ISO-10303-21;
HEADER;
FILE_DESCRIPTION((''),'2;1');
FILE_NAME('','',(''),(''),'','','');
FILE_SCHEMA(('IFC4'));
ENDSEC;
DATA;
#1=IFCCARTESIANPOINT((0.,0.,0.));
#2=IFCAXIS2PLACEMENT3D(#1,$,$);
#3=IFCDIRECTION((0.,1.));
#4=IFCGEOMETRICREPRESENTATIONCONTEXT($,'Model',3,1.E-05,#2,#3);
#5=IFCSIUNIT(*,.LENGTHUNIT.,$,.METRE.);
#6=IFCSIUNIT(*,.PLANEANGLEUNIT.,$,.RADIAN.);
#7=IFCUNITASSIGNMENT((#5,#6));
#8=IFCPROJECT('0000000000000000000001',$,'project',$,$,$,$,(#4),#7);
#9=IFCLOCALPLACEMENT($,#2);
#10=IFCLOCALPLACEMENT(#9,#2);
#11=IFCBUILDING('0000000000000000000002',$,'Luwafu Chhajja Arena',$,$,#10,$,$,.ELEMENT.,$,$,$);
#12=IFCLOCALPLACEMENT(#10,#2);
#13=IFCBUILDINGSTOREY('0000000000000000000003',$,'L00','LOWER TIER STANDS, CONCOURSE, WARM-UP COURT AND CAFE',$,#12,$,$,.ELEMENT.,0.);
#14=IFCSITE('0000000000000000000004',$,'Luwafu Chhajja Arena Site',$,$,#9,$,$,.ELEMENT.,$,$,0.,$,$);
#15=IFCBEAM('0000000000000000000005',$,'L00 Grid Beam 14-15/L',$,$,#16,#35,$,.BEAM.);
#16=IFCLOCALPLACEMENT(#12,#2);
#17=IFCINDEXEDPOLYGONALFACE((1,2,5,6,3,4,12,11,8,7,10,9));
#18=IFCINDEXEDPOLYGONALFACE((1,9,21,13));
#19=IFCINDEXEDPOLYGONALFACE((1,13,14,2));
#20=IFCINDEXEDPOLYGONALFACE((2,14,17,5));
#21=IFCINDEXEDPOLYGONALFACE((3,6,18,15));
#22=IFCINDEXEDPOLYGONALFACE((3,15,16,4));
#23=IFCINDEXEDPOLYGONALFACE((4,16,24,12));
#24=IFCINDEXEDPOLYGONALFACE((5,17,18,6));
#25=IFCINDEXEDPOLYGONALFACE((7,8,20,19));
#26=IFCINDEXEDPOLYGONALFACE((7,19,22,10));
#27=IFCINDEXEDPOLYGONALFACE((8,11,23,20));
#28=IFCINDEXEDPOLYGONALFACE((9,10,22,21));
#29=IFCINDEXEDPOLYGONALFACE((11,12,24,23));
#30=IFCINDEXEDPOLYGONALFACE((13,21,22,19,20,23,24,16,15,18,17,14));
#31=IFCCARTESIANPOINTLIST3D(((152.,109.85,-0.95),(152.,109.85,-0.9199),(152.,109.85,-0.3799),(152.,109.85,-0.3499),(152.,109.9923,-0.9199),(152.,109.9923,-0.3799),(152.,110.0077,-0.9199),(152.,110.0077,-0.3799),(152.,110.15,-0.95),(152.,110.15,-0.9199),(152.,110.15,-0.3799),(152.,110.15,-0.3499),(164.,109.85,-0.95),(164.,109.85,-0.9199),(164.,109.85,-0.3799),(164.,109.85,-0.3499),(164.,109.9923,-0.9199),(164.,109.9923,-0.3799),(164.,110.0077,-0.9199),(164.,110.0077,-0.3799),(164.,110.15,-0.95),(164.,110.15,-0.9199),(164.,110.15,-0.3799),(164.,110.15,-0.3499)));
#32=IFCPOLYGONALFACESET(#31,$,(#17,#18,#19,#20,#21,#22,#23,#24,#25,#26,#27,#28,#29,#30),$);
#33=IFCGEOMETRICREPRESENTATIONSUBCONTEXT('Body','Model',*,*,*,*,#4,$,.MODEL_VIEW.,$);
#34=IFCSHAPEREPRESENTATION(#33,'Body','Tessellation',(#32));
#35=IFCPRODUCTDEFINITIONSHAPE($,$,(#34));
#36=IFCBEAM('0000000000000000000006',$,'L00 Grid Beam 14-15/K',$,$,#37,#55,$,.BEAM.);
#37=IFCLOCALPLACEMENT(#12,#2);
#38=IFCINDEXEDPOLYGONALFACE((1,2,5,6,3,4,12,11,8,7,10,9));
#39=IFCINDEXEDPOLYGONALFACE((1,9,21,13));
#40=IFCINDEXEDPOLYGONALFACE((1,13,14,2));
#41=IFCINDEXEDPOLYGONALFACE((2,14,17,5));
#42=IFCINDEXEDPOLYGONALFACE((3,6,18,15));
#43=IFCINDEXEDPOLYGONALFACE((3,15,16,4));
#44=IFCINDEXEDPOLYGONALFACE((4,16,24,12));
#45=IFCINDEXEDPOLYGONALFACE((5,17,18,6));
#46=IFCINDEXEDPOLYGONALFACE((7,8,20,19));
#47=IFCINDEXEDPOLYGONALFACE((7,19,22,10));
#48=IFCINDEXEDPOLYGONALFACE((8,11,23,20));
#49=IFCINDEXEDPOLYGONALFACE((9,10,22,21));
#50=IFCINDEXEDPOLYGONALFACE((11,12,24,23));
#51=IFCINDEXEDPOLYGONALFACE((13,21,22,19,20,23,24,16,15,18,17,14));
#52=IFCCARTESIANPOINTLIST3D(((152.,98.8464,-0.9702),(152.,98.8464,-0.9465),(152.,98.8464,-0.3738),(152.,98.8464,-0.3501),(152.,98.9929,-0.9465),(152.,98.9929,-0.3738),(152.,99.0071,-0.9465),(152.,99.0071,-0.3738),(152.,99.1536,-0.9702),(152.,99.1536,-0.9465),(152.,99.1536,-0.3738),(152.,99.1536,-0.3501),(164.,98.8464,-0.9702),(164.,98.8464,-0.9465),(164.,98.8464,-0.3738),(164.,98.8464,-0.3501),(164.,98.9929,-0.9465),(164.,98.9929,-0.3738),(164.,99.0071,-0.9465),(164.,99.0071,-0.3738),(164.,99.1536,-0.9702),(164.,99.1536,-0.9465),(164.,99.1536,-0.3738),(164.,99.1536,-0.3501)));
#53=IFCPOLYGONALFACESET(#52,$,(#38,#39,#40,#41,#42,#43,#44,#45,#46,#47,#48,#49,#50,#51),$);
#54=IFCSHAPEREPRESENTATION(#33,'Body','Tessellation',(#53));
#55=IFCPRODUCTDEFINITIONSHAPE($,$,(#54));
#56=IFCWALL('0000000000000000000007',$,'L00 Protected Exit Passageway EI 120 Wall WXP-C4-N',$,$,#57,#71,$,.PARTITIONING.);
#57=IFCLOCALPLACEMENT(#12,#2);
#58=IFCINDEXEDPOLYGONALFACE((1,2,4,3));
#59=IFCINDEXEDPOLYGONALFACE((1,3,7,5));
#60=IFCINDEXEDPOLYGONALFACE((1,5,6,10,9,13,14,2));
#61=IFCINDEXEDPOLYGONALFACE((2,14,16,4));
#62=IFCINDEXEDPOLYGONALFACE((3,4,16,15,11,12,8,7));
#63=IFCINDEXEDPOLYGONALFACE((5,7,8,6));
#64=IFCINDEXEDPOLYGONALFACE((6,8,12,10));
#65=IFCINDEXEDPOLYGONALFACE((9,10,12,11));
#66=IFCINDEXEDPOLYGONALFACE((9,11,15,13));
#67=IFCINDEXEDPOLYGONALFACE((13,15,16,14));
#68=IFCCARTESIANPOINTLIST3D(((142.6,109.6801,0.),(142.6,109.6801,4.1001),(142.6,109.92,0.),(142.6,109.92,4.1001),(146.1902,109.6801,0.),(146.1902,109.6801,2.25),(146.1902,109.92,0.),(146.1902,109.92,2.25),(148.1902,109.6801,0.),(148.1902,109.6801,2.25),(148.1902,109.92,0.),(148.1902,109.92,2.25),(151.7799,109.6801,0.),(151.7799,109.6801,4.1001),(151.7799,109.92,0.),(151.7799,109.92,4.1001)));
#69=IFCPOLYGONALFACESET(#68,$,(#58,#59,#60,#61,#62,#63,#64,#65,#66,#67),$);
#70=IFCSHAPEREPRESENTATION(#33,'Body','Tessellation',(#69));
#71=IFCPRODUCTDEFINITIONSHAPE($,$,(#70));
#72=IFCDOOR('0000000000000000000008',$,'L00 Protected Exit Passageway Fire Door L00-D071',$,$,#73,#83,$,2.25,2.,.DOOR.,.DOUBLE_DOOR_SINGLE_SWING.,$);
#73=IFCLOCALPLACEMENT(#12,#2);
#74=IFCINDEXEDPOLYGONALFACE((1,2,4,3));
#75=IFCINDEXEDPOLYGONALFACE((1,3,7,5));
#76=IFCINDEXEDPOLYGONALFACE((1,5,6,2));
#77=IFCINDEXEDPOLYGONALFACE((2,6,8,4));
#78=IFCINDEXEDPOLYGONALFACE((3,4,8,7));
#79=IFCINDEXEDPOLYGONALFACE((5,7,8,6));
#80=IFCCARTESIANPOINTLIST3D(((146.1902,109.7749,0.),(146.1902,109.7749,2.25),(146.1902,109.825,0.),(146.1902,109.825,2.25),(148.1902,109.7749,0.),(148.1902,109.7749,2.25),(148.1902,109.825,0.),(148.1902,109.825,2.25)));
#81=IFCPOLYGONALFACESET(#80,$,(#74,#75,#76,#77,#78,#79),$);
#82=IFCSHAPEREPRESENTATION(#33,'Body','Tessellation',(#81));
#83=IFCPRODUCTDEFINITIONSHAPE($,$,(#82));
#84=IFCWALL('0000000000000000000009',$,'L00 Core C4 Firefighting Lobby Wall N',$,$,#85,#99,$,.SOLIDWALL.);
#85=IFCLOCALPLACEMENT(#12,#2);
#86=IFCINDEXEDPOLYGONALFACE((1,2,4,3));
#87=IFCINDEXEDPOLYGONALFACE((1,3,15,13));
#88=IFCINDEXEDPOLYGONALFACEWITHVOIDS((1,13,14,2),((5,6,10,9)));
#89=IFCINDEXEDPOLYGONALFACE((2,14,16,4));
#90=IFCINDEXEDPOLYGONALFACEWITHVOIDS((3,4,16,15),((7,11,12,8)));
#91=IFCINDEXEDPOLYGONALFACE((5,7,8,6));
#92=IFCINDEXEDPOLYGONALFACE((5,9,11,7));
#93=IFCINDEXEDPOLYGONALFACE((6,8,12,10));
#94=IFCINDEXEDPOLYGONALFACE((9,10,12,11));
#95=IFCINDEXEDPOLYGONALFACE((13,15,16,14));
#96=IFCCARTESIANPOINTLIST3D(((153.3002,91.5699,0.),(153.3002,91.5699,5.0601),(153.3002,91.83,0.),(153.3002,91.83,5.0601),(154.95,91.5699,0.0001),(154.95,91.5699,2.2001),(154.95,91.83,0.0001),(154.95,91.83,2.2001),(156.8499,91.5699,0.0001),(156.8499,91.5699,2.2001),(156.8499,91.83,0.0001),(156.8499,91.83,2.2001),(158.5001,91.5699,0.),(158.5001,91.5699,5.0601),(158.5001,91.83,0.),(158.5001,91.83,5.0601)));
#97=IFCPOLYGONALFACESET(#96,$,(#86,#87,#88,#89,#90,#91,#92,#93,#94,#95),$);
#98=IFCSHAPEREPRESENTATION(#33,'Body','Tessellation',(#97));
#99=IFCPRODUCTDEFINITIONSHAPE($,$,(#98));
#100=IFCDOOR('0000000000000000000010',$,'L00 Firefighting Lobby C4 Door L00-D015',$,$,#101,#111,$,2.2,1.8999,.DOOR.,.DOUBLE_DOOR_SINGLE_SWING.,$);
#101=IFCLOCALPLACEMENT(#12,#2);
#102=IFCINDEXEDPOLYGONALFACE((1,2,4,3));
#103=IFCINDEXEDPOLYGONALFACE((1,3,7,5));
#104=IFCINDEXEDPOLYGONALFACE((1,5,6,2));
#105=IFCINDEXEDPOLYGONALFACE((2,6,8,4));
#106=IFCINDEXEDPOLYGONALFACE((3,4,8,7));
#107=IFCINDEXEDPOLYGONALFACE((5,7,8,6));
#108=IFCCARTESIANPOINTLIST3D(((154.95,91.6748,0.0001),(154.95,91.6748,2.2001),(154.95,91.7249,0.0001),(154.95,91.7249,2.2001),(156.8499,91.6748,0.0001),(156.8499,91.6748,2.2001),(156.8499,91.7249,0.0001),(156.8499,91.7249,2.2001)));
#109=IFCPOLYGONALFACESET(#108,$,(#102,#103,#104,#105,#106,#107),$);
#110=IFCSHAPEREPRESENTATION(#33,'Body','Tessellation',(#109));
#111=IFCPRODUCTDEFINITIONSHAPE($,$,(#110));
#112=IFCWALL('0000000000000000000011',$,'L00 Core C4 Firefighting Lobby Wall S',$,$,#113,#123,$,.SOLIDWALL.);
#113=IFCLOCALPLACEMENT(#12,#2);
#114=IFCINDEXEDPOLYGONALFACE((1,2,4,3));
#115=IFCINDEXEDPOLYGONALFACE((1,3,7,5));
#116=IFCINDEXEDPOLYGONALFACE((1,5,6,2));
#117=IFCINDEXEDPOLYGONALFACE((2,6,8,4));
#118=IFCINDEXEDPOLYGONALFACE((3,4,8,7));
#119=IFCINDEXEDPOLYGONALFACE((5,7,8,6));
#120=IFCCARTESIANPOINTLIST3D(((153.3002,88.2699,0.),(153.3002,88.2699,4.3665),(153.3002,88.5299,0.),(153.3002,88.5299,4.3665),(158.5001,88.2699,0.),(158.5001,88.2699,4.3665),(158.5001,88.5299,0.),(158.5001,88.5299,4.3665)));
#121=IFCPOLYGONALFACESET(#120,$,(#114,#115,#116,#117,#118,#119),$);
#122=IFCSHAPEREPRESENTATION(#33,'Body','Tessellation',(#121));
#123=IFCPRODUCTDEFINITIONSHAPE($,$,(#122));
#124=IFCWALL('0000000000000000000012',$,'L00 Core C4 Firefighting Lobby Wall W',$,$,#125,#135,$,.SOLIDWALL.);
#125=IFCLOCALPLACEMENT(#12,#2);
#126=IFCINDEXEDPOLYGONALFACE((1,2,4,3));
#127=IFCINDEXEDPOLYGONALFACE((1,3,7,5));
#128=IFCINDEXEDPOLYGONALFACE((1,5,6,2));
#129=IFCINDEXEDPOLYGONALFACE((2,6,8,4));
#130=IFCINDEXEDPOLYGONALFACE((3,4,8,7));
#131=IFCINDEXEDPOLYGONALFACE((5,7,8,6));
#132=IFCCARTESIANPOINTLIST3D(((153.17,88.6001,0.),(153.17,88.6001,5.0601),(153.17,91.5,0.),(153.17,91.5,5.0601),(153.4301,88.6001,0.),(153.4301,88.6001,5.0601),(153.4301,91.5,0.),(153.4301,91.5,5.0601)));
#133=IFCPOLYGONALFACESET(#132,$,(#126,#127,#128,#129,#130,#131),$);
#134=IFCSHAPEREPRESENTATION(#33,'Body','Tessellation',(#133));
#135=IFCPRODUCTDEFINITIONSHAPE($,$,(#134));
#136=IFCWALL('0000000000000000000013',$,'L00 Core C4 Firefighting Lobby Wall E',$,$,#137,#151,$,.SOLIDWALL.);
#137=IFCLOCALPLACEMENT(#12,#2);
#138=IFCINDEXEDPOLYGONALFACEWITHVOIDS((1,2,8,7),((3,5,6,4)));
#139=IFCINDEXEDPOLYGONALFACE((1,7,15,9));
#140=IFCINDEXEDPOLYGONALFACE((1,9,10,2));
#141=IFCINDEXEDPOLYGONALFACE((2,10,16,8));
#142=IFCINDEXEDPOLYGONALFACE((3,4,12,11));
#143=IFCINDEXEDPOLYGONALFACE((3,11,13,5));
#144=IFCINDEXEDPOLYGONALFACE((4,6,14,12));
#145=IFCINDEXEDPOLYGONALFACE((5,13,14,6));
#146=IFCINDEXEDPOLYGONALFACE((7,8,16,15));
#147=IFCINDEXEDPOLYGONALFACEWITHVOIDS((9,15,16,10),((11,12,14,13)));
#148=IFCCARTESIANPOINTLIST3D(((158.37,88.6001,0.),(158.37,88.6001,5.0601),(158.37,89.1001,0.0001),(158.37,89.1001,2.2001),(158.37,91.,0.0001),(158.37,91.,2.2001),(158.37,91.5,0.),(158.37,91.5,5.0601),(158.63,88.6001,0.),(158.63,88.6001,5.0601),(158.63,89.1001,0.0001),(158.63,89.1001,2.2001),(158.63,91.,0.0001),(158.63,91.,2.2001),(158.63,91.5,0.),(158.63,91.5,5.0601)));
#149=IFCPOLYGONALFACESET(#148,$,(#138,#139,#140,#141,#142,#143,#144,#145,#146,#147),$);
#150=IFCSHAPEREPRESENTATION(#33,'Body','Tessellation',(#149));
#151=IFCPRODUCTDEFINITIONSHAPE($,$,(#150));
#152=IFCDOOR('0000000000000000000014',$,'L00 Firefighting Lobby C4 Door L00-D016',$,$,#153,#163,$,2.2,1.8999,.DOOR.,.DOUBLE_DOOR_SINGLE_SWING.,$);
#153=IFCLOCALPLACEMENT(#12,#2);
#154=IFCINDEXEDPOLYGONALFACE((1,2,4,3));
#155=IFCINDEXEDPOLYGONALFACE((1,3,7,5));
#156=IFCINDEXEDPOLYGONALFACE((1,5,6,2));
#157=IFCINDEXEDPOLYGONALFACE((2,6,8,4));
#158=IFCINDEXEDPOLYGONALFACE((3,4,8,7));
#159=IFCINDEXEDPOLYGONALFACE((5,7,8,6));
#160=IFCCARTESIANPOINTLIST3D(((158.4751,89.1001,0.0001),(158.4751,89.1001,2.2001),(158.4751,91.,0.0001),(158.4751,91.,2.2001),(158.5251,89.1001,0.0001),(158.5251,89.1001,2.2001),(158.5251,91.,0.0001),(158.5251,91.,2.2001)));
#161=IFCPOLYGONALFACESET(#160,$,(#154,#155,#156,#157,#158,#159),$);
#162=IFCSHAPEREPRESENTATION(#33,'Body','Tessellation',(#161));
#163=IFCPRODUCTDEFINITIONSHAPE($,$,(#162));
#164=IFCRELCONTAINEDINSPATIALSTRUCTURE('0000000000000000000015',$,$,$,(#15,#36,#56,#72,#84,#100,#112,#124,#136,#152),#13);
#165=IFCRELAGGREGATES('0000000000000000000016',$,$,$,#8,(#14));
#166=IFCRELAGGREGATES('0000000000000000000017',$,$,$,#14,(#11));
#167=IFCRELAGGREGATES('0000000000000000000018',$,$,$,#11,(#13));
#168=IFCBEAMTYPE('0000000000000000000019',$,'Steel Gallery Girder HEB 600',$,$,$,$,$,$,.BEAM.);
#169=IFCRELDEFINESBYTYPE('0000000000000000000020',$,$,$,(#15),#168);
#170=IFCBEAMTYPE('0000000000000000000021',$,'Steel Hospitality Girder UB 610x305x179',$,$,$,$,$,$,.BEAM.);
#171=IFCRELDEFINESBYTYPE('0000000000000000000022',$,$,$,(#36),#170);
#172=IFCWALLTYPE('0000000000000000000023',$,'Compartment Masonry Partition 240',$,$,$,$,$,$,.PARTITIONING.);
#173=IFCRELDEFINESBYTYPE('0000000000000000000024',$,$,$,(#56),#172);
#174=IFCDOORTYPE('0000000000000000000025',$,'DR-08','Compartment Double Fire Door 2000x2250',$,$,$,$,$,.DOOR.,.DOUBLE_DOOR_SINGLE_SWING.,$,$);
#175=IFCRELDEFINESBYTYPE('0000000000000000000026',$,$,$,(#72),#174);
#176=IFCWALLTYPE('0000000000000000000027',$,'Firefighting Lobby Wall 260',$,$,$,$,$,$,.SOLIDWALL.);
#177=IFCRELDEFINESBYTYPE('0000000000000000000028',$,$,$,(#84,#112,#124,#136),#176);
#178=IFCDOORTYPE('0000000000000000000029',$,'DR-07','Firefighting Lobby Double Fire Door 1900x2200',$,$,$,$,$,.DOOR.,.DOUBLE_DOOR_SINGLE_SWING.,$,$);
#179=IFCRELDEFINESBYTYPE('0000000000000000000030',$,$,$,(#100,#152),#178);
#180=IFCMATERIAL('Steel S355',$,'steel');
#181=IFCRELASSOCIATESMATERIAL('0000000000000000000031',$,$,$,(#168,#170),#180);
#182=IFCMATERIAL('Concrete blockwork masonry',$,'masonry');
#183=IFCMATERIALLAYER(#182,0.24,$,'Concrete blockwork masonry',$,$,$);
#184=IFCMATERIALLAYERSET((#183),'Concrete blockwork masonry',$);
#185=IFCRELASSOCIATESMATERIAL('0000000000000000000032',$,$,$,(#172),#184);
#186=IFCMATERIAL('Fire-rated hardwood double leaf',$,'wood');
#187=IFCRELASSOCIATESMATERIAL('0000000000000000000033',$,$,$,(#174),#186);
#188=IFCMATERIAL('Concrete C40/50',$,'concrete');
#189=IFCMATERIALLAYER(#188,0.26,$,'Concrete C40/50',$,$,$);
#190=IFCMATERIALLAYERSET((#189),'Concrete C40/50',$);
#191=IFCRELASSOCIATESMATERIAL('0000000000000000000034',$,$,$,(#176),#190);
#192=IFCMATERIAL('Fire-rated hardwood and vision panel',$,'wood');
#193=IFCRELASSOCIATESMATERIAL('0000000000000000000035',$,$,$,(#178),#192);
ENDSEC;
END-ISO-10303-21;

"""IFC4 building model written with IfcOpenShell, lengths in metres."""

from ifc_helpers import new_model, si_unit, direction, frame, frame_2d, origin, origin_2d, place, context, subcontext, project, spatial, rectangle, i_section, extrude, material, layer, layer_set, material_profile, profile_set, type_object, element, fill, save


model = new_model("IFC4")

# Units and contexts
model_context = context("Model", 3, precision=1e-05, world=origin(), true_north=direction((0.0, 1.0)))
body_context = subcontext(model_context, "Body", "Model", "MODEL_VIEW")
ifc_project = project(units=[si_unit("LENGTHUNIT", "METRE"), si_unit("PLANEANGLEUNIT", "RADIAN")], contexts=[model_context])

# Site, building, storey
site_placement = place(None, origin())
site = spatial("IfcSite", under=ifc_project, at=site_placement, Name="Luwafu Chhajja Arena Site", CompositionType="ELEMENT", RefElevation=0.0)
building_placement = place(site_placement, origin())
building = spatial("IfcBuilding", under=site, at=building_placement, Name="Luwafu Chhajja Arena", CompositionType="ELEMENT")
storey_placement = place(building_placement, origin())
storey = spatial("IfcBuildingStorey", under=building, at=storey_placement, Name="L00", Description="LOWER TIER STANDS, CONCOURSE, WARM-UP COURT AND CAFE", CompositionType="ELEMENT", Elevation=0.0)

# Beams
ifc_material_1 = material(Name="Steel S355", Category="steel")
ifc_material_profile_1 = material_profile(ifc_material_1, i_section(OverallWidth=0.3, OverallDepth=0.6001, WebThickness=0.0154, FlangeThickness=0.03, at=origin_2d()), Name="HEB 600")
ifc_profile_set_1 = profile_set([ifc_material_profile_1], Name="Steel S355")
beam_type_1 = type_object("IfcBeamType", Name="Steel Gallery Girder HEB 600", PredefinedType="BEAM", material=ifc_profile_set_1)
beam_1_placement = place(storey_placement, frame((152.0, 110.0, -0.6499), z_axis=(1.0, 0.0, 0.0), x_axis=(0.0, 1.0, 0.0)))
element("IfcBeam", 1, at=beam_1_placement, inside=storey, type_object=beam_type_1, Name="L00 Grid Beam 14-15/L", PredefinedType="BEAM", context=body_context, shape_type="SweptSolid", body=[
    extrude(i_section(OverallWidth=0.3, OverallDepth=0.6001, WebThickness=0.0154, FlangeThickness=0.03, at=origin_2d()), origin(), (0.0, 0.0, 1.0), 12.0),
])
ifc_material_profile_2 = material_profile(ifc_material_1, i_section(OverallWidth=0.3071, OverallDepth=0.6201, WebThickness=0.0142, FlangeThickness=0.0237, at=origin_2d()), Name="UB 610x305x179")
ifc_profile_set_2 = profile_set([ifc_material_profile_2], Name="Steel S355")
beam_type_2 = type_object("IfcBeamType", Name="Steel Hospitality Girder UB 610x305x179", PredefinedType="BEAM", material=ifc_profile_set_2)
beam_2_placement = place(storey_placement, frame((152.0, 99.0, -0.6602), z_axis=(1.0, 0.0, 0.0), x_axis=(0.0, 1.0, 0.0)))
element("IfcBeam", 2, at=beam_2_placement, inside=storey, type_object=beam_type_2, Name="L00 Grid Beam 14-15/K", PredefinedType="BEAM", context=body_context, shape_type="SweptSolid", body=[
    extrude(i_section(OverallWidth=0.3071, OverallDepth=0.6201, WebThickness=0.0142, FlangeThickness=0.0237, at=origin_2d()), origin(), (0.0, 0.0, 1.0), 12.0),
])

# Walls, openings, doors
ifc_material_2 = material(Name="Concrete blockwork masonry", Category="masonry")
ifc_layer_1 = layer(ifc_material_2, 0.24, Name="Concrete blockwork masonry")
ifc_layer_set_1 = layer_set([ifc_layer_1], Name="Concrete blockwork masonry")
wall_type_1 = type_object("IfcWallType", Name="Compartment Masonry Partition 240", PredefinedType="PARTITIONING", material=ifc_layer_set_1)
wall_1_placement = place(storey_placement, frame((142.6001, 109.8, 0.0), z_axis=(0.0, 0.0, 1.0), x_axis=(1.0, 0.0, 0.0)))
wall_1 = element("IfcWall", 3, at=wall_1_placement, inside=storey, type_object=wall_type_1, Name="L00 Protected Exit Passageway EI 120 Wall WXP-C4-N", PredefinedType="PARTITIONING", context=body_context, shape_type="SweptSolid", body=[
    extrude(rectangle(XDim=9.1799, YDim=0.24, at=frame_2d((4.5898, 0.0))), origin(), (0.0, 0.0, 1.0), 4.1001),
])
opening_1_placement = place(wall_1_placement, frame((3.5901, 0.0, 0.0)))
opening_1 = element("IfcOpeningElement", 4, at=opening_1_placement, cuts=wall_1, PredefinedType="OPENING", context=body_context, shape_type="SweptSolid", body=[
    extrude(rectangle(XDim=2.0, YDim=2.25, at=frame_2d((1.0, 1.125))), frame((0.0, 0.1299, 0.0), z_axis=(0.0, -1.0, 0.0), x_axis=(1.0, 0.0, 0.0)), (0.0, 0.0, 1.0), 0.26),
])
ifc_material_3 = material(Name="Fire-rated hardwood double leaf", Category="wood")
door_type_1 = type_object("IfcDoorType", Name="DR-08", Description="Compartment Double Fire Door 2000x2250", OperationType="DOUBLE_DOOR_SINGLE_SWING", PredefinedType="DOOR", material=ifc_material_3)
door_1_placement = place(opening_1_placement, origin())
door_1 = element("IfcDoor", 5, at=door_1_placement, inside=storey, type_object=door_type_1, Name="L00 Protected Exit Passageway Fire Door L00-D071", OperationType="DOUBLE_DOOR_SINGLE_SWING", OverallHeight=2.25, OverallWidth=2.0, PredefinedType="DOOR", context=body_context, shape_type="SweptSolid", body=[
    extrude(rectangle(XDim=2.0, YDim=2.25, at=frame_2d((1.0, 1.125))), frame((0.0, 0.0249, 0.0), z_axis=(0.0, -1.0, 0.0), x_axis=(1.0, 0.0, 0.0)), (0.0, 0.0, 1.0), 0.05),
])
fill(opening_1, door_1)
ifc_material_4 = material(Name="Concrete C40/50", Category="concrete")
ifc_layer_2 = layer(ifc_material_4, 0.26, Name="Concrete C40/50")
ifc_layer_set_2 = layer_set([ifc_layer_2], Name="Concrete C40/50")
wall_type_2 = type_object("IfcWallType", Name="Firefighting Lobby Wall 260", PredefinedType="SOLIDWALL", material=ifc_layer_set_2)
wall_2_placement = place(storey_placement, frame((153.3, 91.7, 0.0), z_axis=(0.0, 0.0, 1.0), x_axis=(1.0, 0.0, 0.0)))
wall_2 = element("IfcWall", 6, at=wall_2_placement, inside=storey, type_object=wall_type_2, Name="L00 Core C4 Firefighting Lobby Wall N", PredefinedType="SOLIDWALL", context=body_context, shape_type="SweptSolid", body=[
    extrude(rectangle(XDim=5.2, YDim=0.26, at=frame_2d((2.6001, 0.0))), origin(), (0.0, 0.0, 1.0), 5.0601),
])
opening_2_placement = place(wall_2_placement, frame((1.6499, 0.0, 0.0)))
opening_2 = element("IfcOpeningElement", 7, at=opening_2_placement, cuts=wall_2, PredefinedType="OPENING", context=body_context, shape_type="SweptSolid", body=[
    extrude(rectangle(XDim=1.8999, YDim=2.2, at=frame_2d((0.95, 1.1001))), frame((0.0, 0.1399, 0.0), z_axis=(0.0, -1.0, 0.0), x_axis=(1.0, 0.0, 0.0)), (0.0, 0.0, 1.0), 0.28),
])
ifc_material_5 = material(Name="Fire-rated hardwood and vision panel", Category="wood")
door_type_2 = type_object("IfcDoorType", Name="DR-07", Description="Firefighting Lobby Double Fire Door 1900x2200", OperationType="DOUBLE_DOOR_SINGLE_SWING", PredefinedType="DOOR", material=ifc_material_5)
door_2_placement = place(opening_2_placement, origin())
door_2 = element("IfcDoor", 8, at=door_2_placement, inside=storey, type_object=door_type_2, Name="L00 Firefighting Lobby C4 Door L00-D015", OperationType="DOUBLE_DOOR_SINGLE_SWING", OverallHeight=2.2, OverallWidth=1.8999, PredefinedType="DOOR", context=body_context, shape_type="SweptSolid", body=[
    extrude(rectangle(XDim=1.8999, YDim=2.2, at=frame_2d((0.95, 1.1001))), frame((0.0, 0.0249, 0.0), z_axis=(0.0, -1.0, 0.0), x_axis=(1.0, 0.0, 0.0)), (0.0, 0.0, 1.0), 0.05),
])
fill(opening_2, door_2)

# Walls
wall_3_placement = place(storey_placement, frame((153.3, 88.3999, 0.0), z_axis=(0.0, 0.0, 1.0), x_axis=(1.0, 0.0, 0.0)))
element("IfcWall", 9, at=wall_3_placement, inside=storey, type_object=wall_type_2, Name="L00 Core C4 Firefighting Lobby Wall S", PredefinedType="SOLIDWALL", context=body_context, shape_type="SweptSolid", body=[
    extrude(rectangle(XDim=5.2, YDim=0.26, at=frame_2d((2.6001, 0.0))), origin(), (0.0, 0.0, 1.0), 4.3665),
])
wall_4_placement = place(storey_placement, frame((153.3, 88.6001, 0.0), z_axis=(0.0, 0.0, 1.0), x_axis=(0.0, 1.0, 0.0)))
element("IfcWall", 10, at=wall_4_placement, inside=storey, type_object=wall_type_2, Name="L00 Core C4 Firefighting Lobby Wall W", PredefinedType="SOLIDWALL", context=body_context, shape_type="SweptSolid", body=[
    extrude(rectangle(XDim=2.8999, YDim=0.26, at=frame_2d((1.45, 0.0))), origin(), (0.0, 0.0, 1.0), 5.0601),
])

# Wall, opening, door
wall_5_placement = place(storey_placement, frame((158.5, 88.6001, 0.0), z_axis=(0.0, 0.0, 1.0), x_axis=(0.0, 1.0, 0.0)))
wall_5 = element("IfcWall", 11, at=wall_5_placement, inside=storey, type_object=wall_type_2, Name="L00 Core C4 Firefighting Lobby Wall E", PredefinedType="SOLIDWALL", context=body_context, shape_type="SweptSolid", body=[
    extrude(rectangle(XDim=2.8999, YDim=0.26, at=frame_2d((1.45, 0.0))), origin(), (0.0, 0.0, 1.0), 5.0601),
])
opening_3_placement = place(wall_5_placement, frame((0.5, 0.0, 0.0)))
opening_3 = element("IfcOpeningElement", 12, at=opening_3_placement, cuts=wall_5, PredefinedType="OPENING", context=body_context, shape_type="SweptSolid", body=[
    extrude(rectangle(XDim=1.8999, YDim=2.2, at=frame_2d((0.95, 1.1001))), frame((0.0, 0.1399, 0.0), z_axis=(0.0, -1.0, 0.0), x_axis=(1.0, 0.0, 0.0)), (0.0, 0.0, 1.0), 0.28),
])
door_3_placement = place(opening_3_placement, origin())
door_3 = element("IfcDoor", 13, at=door_3_placement, inside=storey, type_object=door_type_2, Name="L00 Firefighting Lobby C4 Door L00-D016", OperationType="DOUBLE_DOOR_SINGLE_SWING", OverallHeight=2.2, OverallWidth=1.8999, PredefinedType="DOOR", context=body_context, shape_type="SweptSolid", body=[
    extrude(rectangle(XDim=1.8999, YDim=2.2, at=frame_2d((0.95, 1.1001))), frame((0.0, 0.0249, 0.0), z_axis=(0.0, -1.0, 0.0), x_axis=(1.0, 0.0, 0.0)), (0.0, 0.0, 1.0), 0.05),
])
fill(opening_3, door_3)

save(model, "model.ifc")
